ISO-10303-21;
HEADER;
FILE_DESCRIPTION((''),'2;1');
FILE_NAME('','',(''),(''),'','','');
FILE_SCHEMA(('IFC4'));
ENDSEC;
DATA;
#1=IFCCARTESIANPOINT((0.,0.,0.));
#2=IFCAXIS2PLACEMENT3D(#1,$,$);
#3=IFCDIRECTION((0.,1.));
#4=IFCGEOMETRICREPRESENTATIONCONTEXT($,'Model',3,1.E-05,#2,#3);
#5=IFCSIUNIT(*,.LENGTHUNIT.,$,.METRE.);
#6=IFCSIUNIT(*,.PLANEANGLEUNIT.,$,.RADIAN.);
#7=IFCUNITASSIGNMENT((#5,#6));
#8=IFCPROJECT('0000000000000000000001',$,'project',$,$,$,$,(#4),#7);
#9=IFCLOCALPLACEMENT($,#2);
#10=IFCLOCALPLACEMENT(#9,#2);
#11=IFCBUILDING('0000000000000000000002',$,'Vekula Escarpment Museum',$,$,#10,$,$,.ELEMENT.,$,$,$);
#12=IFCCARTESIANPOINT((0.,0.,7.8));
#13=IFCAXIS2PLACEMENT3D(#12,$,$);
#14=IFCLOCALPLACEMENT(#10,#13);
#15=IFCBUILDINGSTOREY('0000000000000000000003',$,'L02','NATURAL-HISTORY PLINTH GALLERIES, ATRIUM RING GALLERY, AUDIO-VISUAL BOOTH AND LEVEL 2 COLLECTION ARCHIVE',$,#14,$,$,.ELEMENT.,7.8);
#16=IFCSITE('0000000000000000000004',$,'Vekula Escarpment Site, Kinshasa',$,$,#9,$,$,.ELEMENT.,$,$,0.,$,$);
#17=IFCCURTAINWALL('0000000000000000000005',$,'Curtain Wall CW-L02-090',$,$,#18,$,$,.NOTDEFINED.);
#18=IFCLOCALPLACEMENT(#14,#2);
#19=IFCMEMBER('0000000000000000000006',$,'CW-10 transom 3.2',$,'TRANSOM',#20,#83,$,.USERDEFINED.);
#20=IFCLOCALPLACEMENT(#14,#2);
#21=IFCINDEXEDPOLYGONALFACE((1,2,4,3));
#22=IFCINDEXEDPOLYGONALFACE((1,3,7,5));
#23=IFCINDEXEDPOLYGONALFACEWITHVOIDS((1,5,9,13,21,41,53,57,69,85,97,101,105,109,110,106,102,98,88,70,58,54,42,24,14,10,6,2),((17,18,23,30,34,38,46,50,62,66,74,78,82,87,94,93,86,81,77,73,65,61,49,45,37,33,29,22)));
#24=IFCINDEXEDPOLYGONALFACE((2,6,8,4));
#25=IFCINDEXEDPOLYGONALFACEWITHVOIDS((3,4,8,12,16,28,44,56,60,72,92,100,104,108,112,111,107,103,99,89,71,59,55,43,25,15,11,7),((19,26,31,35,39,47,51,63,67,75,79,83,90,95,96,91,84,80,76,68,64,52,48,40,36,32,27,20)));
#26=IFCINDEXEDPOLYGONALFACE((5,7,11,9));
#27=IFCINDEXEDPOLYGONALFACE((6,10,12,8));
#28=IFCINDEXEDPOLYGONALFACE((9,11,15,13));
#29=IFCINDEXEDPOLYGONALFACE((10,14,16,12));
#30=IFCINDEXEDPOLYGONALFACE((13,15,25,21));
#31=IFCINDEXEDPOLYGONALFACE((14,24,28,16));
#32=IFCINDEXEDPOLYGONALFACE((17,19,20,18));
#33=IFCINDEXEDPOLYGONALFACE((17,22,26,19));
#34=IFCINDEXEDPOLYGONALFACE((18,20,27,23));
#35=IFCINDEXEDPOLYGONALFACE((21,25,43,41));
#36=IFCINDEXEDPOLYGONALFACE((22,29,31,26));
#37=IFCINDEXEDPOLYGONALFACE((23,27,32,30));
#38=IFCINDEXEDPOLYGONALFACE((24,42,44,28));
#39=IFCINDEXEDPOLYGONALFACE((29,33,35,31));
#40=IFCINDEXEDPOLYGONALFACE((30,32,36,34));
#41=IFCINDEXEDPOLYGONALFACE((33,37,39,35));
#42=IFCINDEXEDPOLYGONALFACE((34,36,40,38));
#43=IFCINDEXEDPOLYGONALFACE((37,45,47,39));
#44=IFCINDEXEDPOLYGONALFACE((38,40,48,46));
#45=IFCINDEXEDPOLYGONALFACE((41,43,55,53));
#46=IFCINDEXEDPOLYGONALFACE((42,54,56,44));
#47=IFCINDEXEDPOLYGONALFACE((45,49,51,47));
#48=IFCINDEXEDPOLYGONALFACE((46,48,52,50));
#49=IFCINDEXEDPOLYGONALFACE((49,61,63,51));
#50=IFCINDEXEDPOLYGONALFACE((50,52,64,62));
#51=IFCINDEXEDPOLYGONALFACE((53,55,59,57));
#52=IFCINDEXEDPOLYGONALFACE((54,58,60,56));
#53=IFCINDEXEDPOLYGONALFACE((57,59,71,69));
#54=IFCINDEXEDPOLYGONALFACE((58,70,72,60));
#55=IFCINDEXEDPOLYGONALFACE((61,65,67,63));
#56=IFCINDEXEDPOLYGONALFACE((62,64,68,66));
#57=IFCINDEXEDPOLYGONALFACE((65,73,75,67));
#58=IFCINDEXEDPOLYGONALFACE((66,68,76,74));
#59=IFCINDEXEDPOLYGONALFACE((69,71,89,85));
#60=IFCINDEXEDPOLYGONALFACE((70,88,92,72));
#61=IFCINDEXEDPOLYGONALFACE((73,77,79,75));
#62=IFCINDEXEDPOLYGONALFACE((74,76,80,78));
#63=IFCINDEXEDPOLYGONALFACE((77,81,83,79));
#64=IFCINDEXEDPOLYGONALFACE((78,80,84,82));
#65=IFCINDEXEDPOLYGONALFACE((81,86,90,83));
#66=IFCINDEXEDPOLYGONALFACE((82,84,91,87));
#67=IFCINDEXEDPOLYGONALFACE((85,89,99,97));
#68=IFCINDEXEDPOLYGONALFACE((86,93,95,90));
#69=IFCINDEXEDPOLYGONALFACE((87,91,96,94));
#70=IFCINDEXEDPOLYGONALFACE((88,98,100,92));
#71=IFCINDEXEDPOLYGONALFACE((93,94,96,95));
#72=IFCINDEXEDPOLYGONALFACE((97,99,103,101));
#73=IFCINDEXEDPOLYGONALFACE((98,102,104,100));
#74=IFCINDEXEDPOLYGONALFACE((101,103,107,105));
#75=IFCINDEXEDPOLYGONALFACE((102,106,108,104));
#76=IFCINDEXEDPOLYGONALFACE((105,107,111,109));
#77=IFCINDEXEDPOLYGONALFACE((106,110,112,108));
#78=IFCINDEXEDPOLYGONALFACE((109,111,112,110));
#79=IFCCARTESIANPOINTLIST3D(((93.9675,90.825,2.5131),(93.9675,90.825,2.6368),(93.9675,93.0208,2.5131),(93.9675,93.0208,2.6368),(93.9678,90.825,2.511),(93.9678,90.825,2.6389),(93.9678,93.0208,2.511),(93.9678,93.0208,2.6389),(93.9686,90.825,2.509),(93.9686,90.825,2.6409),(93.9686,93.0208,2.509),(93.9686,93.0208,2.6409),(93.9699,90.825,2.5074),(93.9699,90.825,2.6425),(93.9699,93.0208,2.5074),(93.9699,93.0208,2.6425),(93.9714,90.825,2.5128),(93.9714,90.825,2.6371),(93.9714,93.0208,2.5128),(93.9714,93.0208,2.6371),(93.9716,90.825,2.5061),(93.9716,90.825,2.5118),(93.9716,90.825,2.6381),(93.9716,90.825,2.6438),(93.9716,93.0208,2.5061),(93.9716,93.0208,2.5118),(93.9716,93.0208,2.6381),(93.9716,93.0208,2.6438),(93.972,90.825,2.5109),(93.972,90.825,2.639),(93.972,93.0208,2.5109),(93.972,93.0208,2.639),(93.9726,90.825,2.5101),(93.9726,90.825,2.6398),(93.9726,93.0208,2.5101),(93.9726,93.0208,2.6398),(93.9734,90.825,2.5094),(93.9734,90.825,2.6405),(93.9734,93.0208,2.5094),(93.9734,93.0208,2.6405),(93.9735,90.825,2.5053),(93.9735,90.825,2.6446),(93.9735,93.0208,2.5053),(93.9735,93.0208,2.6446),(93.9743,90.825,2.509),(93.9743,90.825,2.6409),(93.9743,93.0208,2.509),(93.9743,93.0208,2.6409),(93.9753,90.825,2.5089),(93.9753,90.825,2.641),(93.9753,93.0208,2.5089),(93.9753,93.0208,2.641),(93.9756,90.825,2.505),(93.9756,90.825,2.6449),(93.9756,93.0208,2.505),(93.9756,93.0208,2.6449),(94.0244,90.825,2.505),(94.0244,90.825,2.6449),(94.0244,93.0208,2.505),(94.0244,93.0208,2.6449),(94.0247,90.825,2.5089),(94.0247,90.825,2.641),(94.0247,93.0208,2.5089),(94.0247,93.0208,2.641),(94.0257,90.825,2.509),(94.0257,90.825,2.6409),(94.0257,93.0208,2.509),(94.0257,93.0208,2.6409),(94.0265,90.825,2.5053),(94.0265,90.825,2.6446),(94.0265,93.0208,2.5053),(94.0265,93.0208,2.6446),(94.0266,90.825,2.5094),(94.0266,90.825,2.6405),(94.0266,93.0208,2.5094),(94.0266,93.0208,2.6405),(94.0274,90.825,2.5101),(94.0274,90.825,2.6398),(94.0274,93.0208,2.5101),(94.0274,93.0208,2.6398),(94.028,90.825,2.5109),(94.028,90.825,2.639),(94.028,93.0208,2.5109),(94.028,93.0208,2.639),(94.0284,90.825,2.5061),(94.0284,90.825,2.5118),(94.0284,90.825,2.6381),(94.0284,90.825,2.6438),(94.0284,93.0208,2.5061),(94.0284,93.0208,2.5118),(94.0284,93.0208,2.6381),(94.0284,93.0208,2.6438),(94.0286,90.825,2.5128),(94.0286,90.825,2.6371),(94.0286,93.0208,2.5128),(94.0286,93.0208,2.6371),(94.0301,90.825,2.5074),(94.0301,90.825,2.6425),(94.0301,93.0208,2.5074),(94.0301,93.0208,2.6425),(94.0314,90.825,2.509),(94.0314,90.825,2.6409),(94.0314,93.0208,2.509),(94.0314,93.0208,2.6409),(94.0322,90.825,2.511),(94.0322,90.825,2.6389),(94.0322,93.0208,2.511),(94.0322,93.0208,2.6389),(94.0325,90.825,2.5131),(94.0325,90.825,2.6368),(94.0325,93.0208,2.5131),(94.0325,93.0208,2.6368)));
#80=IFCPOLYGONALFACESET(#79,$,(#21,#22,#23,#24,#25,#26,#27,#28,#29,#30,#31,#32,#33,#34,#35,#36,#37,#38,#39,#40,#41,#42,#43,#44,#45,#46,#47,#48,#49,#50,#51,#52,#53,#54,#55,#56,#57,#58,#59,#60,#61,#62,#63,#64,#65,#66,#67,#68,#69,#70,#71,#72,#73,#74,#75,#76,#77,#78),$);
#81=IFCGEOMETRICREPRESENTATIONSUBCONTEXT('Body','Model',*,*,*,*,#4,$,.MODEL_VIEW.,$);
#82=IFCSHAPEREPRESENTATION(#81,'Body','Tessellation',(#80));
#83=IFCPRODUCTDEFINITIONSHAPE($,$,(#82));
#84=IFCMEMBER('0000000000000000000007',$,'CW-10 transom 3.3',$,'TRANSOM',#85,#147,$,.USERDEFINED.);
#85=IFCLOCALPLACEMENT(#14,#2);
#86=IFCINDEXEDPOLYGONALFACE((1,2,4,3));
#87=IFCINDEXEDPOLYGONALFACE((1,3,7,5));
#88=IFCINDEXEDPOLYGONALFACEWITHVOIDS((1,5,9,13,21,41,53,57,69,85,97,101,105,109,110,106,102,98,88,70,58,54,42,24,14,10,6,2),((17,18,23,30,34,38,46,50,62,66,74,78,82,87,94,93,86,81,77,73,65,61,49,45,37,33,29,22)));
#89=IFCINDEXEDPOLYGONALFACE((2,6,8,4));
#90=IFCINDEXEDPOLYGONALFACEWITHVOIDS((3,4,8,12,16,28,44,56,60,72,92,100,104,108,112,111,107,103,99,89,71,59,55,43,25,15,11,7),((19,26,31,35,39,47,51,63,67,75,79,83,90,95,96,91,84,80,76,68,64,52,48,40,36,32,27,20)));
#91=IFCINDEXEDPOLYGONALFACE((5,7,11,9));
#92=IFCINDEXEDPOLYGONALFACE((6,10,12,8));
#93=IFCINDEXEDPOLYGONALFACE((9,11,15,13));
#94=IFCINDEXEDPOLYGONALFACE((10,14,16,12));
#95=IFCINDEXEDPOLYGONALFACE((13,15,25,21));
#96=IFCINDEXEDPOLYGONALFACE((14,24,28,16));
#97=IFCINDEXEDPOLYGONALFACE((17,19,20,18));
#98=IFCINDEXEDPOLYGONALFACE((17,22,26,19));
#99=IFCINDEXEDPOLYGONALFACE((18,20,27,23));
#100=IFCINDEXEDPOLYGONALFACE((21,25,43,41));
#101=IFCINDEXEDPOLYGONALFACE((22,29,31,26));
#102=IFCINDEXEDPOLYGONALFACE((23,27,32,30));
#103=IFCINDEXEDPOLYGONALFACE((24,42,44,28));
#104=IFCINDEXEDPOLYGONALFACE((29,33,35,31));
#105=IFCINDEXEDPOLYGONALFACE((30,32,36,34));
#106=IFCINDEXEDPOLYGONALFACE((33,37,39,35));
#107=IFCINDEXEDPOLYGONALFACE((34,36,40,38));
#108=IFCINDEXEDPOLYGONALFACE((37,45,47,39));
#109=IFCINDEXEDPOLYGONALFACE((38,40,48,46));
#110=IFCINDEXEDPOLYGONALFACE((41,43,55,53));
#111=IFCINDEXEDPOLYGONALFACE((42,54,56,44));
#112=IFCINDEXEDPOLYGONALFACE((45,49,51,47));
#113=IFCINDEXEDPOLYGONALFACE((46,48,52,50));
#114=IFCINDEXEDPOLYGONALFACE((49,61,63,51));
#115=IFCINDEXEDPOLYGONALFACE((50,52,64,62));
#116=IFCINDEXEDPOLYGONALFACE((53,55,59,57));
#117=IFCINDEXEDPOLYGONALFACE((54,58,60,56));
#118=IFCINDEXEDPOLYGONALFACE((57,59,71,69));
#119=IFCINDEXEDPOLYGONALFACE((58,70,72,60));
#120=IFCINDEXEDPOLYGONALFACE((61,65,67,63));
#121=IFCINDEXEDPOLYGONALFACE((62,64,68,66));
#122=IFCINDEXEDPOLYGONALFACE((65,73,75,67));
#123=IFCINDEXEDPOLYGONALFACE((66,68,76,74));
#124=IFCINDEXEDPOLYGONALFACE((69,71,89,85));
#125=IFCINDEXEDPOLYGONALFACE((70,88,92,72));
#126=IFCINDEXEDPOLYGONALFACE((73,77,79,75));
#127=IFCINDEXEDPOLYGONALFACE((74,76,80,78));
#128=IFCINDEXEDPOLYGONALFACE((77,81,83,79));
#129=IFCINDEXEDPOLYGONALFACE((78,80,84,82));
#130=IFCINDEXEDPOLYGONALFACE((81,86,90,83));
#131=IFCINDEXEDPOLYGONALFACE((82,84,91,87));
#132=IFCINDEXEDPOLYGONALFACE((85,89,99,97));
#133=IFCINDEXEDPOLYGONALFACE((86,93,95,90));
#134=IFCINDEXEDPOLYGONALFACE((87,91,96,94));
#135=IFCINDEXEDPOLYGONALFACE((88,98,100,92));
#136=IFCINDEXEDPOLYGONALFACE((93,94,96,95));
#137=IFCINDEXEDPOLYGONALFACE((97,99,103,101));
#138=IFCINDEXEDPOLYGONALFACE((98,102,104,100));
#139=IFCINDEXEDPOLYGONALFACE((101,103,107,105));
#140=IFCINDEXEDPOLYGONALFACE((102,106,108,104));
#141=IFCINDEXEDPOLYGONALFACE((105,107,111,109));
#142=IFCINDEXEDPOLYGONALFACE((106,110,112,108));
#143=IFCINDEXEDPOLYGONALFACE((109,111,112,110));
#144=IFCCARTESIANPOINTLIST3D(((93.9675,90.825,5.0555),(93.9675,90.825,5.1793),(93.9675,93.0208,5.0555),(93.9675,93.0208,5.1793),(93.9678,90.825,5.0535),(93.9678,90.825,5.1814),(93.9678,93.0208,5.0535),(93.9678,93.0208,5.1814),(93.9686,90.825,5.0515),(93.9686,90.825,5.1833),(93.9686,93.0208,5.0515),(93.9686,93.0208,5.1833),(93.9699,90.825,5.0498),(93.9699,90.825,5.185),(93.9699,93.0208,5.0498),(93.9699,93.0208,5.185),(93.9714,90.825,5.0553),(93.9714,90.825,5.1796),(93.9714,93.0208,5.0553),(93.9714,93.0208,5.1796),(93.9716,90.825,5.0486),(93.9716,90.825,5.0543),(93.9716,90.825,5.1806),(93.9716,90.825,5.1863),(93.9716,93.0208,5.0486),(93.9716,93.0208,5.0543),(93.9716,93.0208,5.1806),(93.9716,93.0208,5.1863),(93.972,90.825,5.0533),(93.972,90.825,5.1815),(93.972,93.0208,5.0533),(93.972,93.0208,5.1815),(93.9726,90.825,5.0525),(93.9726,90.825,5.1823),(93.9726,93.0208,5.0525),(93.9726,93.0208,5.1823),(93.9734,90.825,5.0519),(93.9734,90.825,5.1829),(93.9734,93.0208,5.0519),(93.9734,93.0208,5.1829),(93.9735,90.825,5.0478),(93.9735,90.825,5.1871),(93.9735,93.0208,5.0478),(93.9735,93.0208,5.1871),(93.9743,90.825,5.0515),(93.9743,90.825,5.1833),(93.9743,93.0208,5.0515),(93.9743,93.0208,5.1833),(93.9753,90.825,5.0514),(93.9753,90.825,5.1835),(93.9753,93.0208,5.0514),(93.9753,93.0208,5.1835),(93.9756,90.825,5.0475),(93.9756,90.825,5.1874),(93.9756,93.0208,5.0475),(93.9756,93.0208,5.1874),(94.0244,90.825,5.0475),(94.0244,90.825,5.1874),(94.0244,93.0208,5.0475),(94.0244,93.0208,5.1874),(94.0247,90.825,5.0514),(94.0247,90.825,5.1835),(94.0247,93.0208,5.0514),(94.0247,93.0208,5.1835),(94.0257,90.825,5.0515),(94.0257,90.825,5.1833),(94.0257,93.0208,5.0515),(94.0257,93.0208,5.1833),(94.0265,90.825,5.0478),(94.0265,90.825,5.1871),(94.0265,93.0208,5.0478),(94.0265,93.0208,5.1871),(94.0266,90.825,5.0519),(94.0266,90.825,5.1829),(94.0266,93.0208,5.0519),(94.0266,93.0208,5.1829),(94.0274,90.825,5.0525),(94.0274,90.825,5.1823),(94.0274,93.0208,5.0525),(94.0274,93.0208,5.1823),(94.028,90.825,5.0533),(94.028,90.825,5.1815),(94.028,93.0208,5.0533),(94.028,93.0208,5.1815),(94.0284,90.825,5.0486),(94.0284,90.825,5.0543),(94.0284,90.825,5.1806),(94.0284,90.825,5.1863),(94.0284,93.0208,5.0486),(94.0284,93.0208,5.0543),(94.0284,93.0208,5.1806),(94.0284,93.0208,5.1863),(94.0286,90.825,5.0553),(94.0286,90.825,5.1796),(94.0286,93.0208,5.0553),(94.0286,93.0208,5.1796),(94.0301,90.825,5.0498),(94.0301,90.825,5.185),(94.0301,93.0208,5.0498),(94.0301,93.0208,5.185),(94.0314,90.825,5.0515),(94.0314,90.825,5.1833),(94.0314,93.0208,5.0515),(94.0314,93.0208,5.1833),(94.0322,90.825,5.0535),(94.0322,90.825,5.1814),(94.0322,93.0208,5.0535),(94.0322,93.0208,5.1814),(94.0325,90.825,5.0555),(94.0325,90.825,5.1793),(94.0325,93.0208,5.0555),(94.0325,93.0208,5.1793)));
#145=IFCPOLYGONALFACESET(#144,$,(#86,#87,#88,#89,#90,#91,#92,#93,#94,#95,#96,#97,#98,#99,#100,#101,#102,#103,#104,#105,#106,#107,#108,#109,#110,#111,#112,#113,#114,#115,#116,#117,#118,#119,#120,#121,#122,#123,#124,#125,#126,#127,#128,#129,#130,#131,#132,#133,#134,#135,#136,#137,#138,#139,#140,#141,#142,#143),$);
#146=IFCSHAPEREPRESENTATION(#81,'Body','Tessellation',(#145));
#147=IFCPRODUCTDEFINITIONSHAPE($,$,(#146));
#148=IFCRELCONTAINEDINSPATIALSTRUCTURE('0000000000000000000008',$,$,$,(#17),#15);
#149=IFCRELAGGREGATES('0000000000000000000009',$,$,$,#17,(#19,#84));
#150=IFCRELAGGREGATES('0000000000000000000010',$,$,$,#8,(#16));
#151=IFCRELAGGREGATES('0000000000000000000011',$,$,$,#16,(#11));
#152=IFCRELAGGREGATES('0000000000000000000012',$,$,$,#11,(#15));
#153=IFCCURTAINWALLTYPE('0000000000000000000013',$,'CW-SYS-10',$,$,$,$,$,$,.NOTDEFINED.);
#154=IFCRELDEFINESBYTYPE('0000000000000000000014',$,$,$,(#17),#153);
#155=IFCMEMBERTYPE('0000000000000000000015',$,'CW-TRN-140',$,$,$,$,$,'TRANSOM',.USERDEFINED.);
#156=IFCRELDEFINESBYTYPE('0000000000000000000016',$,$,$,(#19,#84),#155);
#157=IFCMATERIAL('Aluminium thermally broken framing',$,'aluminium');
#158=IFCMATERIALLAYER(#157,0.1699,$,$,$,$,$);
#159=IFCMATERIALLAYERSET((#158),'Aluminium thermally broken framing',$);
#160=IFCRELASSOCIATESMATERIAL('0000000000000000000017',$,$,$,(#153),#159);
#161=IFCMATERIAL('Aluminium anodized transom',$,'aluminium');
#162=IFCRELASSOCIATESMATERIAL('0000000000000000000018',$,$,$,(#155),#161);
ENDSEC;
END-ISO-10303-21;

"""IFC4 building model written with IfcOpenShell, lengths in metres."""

from ifc_helpers import new_model, si_unit, direction, frame, origin, origin_2d, place, context, subcontext, project, spatial, hollow_rectangle, extrude, material, layer, layer_set, material_profile, profile_set, type_object, element, aggregate, save


model = new_model("IFC4")

# Units and contexts
model_context = context("Model", 3, precision=1e-05, world=origin(), true_north=direction((0.0, 1.0)))
body_context = subcontext(model_context, "Body", "Model", "MODEL_VIEW")
ifc_project = project(units=[si_unit("LENGTHUNIT", "METRE"), si_unit("PLANEANGLEUNIT", "RADIAN")], contexts=[model_context])

# Site, building, storey
site_placement = place(None, origin())
site = spatial("IfcSite", under=ifc_project, at=site_placement, Name="Vekula Escarpment Site, Kinshasa", CompositionType="ELEMENT", RefElevation=0.0)
building_placement = place(site_placement, origin())
building = spatial("IfcBuilding", under=site, at=building_placement, Name="Vekula Escarpment Museum", CompositionType="ELEMENT")
storey_placement = place(building_placement, frame((0.0, 0.0, 7.8)))
storey = spatial("IfcBuildingStorey", under=building, at=storey_placement, Name="L02", Description="NATURAL-HISTORY PLINTH GALLERIES, ATRIUM RING GALLERY, AUDIO-VISUAL BOOTH AND LEVEL 2 COLLECTION ARCHIVE", CompositionType="ELEMENT", Elevation=7.8)

# Curtain wall, members
ifc_material_1 = material(Name="Aluminium thermally broken framing", Category="aluminium")
ifc_layer_1 = layer(ifc_material_1, 0.1699)
ifc_layer_set_1 = layer_set([ifc_layer_1], Name="Aluminium thermally broken framing")
curtain_wall_type = type_object("IfcCurtainWallType", Name="CW-SYS-10", PredefinedType="NOTDEFINED", material=ifc_layer_set_1)
curtain_wall_placement = place(storey_placement, origin())
curtain_wall = element("IfcCurtainWall", 1, at=curtain_wall_placement, inside=storey, type_object=curtain_wall_type, Name="Curtain Wall CW-L02-090", PredefinedType="NOTDEFINED")
ifc_material_2 = material(Name="Aluminium anodized transom", Category="aluminium")
ifc_material_profile_1 = material_profile(ifc_material_2, hollow_rectangle(XDim=0.0649, YDim=0.1399, WallThickness=0.0039, InnerFilletRadius=0.0039, OuterFilletRadius=0.0081, at=origin_2d()), Name="ALU 140x65x4")
ifc_profile_set_1 = profile_set([ifc_material_profile_1], Name="Aluminium anodized transom")
member_type_1 = type_object("IfcMemberType", Name="CW-TRN-140", ElementType="TRANSOM", PredefinedType="USERDEFINED", material=ifc_profile_set_1)
member_1_placement = place(storey_placement, frame((94.0, 93.0208, 2.575), z_axis=(0.0, -1.0, 0.0), x_axis=(1.0, 0.0, 0.0)))
member_1 = element("IfcMember", 2, at=member_1_placement, type_object=member_type_1, Name="CW-10 transom 3.2", ObjectType="TRANSOM", PredefinedType="USERDEFINED", context=body_context, shape_type="SweptSolid", body=[
    extrude(hollow_rectangle(XDim=0.0649, YDim=0.1399, WallThickness=0.0039, InnerFilletRadius=0.0039, OuterFilletRadius=0.0081, at=origin_2d()), origin(), (0.0, 0.0, 1.0), 2.1958),
])
member_2_placement = place(storey_placement, frame((94.0, 93.0208, 5.1174), z_axis=(0.0, -1.0, 0.0), x_axis=(1.0, 0.0, 0.0)))
member_2 = element("IfcMember", 3, at=member_2_placement, type_object=member_type_1, Name="CW-10 transom 3.3", ObjectType="TRANSOM", PredefinedType="USERDEFINED", context=body_context, shape_type="SweptSolid", body=[
    extrude(hollow_rectangle(XDim=0.0649, YDim=0.1399, WallThickness=0.0039, InnerFilletRadius=0.0039, OuterFilletRadius=0.0081, at=origin_2d()), origin(), (0.0, 0.0, 1.0), 2.1958),
])

aggregate(curtain_wall, [member_1, member_2])

save(model, "model.ifc")
